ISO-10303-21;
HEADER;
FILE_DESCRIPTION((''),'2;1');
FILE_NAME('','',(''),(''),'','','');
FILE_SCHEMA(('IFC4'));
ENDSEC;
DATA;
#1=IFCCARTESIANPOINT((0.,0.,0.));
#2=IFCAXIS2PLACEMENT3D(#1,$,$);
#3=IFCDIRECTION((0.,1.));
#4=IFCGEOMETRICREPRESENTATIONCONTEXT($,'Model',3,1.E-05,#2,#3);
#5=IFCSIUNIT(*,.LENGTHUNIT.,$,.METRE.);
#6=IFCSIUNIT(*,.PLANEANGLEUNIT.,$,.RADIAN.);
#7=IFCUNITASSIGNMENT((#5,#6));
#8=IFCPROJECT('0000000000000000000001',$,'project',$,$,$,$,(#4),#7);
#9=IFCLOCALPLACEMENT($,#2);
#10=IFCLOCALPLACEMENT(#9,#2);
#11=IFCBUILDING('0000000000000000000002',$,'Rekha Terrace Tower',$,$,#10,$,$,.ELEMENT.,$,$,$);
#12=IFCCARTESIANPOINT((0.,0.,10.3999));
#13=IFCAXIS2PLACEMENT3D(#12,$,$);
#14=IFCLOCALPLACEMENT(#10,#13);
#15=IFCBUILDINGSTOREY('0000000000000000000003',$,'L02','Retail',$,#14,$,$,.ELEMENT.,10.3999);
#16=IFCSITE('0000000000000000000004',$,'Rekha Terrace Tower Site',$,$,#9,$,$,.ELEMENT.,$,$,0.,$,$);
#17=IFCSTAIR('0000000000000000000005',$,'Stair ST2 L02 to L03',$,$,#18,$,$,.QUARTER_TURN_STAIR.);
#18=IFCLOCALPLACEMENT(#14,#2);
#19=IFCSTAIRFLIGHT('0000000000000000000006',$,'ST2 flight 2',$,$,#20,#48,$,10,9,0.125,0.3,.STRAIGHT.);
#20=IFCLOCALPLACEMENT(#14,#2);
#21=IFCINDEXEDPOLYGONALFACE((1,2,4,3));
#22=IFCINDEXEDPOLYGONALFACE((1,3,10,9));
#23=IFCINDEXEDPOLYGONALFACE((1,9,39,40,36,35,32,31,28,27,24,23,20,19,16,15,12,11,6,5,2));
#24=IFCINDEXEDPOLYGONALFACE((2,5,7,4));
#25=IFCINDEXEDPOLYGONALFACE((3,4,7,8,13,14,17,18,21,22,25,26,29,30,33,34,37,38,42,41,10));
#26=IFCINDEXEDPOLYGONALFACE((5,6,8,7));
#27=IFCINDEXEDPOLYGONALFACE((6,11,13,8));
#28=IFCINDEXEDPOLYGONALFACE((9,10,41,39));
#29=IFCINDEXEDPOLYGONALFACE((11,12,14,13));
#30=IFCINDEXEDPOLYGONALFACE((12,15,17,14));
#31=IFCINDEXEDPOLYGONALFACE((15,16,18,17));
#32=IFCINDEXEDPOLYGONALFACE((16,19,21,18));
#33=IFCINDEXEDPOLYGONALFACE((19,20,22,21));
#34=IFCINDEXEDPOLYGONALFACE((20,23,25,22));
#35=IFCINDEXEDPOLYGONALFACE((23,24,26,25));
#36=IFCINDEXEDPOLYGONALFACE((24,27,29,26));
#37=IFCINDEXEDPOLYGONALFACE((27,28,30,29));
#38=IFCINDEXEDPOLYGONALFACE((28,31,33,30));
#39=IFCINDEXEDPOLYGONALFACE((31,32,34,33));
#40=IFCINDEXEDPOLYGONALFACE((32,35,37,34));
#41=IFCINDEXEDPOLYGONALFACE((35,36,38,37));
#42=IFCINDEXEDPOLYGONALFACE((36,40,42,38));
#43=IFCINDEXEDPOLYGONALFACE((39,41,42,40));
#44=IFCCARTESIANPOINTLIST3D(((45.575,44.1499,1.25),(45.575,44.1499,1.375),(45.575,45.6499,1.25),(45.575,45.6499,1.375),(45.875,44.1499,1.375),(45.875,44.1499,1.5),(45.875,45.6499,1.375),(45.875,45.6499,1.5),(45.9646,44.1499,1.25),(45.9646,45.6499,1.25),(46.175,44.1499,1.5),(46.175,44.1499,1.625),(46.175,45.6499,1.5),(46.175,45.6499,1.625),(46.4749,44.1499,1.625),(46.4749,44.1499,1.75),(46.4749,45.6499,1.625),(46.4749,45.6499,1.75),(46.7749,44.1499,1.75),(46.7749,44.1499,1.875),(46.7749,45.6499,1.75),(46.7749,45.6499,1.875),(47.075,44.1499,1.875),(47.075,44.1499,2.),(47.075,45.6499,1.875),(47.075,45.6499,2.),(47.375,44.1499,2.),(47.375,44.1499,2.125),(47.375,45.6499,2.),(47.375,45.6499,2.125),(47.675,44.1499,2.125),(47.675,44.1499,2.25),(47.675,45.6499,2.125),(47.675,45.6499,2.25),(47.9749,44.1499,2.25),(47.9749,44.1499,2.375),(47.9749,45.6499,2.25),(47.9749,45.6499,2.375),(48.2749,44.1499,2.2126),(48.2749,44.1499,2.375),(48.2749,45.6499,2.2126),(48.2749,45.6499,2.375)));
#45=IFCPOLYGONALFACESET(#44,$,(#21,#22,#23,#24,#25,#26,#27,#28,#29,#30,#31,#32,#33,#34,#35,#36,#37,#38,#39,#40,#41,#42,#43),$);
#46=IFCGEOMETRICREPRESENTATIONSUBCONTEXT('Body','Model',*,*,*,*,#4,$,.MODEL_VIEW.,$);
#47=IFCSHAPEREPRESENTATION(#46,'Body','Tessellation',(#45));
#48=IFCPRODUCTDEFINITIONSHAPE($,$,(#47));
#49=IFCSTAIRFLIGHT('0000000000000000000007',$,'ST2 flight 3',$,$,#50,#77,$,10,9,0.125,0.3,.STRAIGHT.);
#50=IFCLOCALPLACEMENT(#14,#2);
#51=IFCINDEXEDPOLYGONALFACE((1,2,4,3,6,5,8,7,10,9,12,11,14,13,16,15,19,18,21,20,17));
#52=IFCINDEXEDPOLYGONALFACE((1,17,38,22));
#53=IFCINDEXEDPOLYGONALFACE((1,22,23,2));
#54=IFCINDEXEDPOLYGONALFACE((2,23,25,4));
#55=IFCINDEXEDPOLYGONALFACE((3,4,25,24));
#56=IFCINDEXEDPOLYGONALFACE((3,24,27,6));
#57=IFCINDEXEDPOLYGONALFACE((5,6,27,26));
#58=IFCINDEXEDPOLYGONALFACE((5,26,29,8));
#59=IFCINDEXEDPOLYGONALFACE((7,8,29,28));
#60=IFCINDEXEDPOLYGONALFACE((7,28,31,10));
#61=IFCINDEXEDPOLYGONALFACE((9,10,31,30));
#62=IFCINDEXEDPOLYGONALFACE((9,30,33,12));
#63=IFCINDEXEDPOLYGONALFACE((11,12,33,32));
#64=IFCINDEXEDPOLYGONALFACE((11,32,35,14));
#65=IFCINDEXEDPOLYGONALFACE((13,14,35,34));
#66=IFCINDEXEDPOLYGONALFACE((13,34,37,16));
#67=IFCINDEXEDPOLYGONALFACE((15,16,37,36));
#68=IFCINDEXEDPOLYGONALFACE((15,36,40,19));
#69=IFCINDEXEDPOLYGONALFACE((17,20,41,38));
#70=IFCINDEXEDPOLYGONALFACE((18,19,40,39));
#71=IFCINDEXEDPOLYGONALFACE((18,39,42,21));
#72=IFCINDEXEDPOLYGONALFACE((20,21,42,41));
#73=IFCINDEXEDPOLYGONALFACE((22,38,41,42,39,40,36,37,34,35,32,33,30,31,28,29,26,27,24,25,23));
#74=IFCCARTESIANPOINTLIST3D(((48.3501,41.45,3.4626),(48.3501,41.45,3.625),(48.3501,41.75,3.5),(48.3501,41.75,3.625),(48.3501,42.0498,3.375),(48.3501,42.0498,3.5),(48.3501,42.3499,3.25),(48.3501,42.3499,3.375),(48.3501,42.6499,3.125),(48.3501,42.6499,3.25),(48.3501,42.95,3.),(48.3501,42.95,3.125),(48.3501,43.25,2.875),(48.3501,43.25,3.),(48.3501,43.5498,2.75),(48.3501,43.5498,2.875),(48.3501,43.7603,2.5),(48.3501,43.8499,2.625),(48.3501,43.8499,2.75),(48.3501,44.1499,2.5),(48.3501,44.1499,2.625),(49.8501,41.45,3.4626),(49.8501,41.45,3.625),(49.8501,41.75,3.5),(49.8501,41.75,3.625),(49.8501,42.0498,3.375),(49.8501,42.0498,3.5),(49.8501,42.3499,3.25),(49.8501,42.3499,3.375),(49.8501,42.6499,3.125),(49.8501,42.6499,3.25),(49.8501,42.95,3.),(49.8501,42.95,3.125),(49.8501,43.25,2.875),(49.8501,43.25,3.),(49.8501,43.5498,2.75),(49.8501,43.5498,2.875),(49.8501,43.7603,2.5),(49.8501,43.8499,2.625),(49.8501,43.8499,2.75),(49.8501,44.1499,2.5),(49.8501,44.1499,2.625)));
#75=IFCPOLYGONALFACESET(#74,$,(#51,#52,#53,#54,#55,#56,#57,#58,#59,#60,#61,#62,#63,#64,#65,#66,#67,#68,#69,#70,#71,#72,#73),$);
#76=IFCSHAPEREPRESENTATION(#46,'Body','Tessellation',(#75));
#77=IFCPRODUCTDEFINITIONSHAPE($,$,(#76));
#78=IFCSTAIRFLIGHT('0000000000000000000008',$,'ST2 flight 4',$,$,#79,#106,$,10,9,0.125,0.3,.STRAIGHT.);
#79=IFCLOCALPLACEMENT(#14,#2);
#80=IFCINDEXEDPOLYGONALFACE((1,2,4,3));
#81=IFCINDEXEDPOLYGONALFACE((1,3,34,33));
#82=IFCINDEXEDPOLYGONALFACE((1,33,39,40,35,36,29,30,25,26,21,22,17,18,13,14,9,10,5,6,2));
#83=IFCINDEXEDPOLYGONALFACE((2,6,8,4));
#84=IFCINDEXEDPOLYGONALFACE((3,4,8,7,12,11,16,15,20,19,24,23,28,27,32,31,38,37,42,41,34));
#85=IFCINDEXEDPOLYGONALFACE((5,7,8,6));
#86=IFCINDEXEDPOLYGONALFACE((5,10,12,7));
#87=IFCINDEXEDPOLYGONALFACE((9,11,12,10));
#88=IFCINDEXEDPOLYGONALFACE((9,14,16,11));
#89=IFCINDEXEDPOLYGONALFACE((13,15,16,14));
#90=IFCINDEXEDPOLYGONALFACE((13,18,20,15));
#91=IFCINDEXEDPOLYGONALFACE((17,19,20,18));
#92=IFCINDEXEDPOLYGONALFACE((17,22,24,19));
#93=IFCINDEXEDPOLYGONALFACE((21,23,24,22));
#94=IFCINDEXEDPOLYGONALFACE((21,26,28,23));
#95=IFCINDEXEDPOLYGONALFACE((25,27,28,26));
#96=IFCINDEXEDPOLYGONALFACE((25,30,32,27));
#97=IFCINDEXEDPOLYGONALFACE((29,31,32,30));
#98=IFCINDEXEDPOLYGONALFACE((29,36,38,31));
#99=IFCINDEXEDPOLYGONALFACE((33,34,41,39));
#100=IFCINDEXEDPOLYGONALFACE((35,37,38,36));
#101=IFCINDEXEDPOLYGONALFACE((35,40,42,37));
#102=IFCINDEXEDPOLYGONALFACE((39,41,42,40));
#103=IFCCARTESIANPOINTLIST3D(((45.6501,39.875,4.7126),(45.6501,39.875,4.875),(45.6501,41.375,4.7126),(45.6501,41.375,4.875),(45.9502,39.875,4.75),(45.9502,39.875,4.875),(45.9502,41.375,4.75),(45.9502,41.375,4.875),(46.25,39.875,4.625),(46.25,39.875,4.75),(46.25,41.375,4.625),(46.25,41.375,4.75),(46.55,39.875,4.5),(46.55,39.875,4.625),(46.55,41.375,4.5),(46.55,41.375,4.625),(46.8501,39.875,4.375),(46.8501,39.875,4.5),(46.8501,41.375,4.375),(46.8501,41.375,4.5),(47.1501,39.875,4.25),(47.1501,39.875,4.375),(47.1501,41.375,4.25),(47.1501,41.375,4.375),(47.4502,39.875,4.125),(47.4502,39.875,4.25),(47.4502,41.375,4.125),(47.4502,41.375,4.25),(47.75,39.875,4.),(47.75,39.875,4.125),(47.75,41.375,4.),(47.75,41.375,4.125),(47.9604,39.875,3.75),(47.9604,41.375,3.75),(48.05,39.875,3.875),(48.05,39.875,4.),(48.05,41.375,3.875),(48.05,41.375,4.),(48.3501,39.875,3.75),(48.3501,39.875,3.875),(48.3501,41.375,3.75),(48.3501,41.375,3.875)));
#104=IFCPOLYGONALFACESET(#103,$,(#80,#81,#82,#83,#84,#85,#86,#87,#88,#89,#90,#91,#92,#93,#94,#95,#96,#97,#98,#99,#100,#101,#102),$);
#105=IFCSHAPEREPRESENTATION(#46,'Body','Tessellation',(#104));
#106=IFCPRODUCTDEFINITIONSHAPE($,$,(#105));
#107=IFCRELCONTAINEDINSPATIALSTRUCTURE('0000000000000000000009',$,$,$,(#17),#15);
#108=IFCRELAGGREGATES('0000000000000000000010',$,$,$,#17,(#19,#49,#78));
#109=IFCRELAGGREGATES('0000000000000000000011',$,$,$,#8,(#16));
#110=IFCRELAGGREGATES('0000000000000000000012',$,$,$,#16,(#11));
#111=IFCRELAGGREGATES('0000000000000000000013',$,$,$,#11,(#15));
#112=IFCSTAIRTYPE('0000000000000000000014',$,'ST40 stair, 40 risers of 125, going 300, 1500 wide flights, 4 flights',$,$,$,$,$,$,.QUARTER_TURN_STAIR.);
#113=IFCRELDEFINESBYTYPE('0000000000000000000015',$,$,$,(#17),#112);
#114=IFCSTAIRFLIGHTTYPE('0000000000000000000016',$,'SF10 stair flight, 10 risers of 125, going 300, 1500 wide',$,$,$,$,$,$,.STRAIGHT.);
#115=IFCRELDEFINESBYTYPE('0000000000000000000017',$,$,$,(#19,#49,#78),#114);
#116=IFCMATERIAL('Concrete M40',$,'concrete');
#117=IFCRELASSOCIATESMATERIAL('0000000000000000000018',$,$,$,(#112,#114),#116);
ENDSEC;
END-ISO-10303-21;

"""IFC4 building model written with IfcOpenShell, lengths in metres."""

from ifc_helpers import new_model, si_unit, direction, frame, origin, place, context, subcontext, project, spatial, polyline, outline, extrude, material, type_object, element, aggregate, save


model = new_model("IFC4")

# Units and contexts
model_context = context("Model", 3, precision=1e-05, world=origin(), true_north=direction((0.0, 1.0)))
body_context = subcontext(model_context, "Body", "Model", "MODEL_VIEW")
ifc_project = project(units=[si_unit("LENGTHUNIT", "METRE"), si_unit("PLANEANGLEUNIT", "RADIAN")], contexts=[model_context])

# Site, building, storey
site_placement = place(None, origin())
site = spatial("IfcSite", under=ifc_project, at=site_placement, Name="Rekha Terrace Tower Site", CompositionType="ELEMENT", RefElevation=0.0)
building_placement = place(site_placement, origin())
building = spatial("IfcBuilding", under=site, at=building_placement, Name="Rekha Terrace Tower", CompositionType="ELEMENT")
storey_placement = place(building_placement, frame((0.0, 0.0, 10.3999)))
storey = spatial("IfcBuildingStorey", under=building, at=storey_placement, Name="L02", Description="Retail", CompositionType="ELEMENT", Elevation=10.3999)

# Stair, stair flights
ifc_material_1 = material(Name="Concrete M40", Category="concrete")
stair_type = type_object("IfcStairType", Name="ST40 stair, 40 risers of 125, going 300, 1500 wide flights, 4 flights", PredefinedType="QUARTER_TURN_STAIR", material=ifc_material_1)
stair_placement = place(storey_placement, origin())
stair = element("IfcStair", 1, at=stair_placement, inside=storey, type_object=stair_type, Name="Stair ST2 L02 to L03", PredefinedType="QUARTER_TURN_STAIR")
stair_flight_type = type_object("IfcStairFlightType", Name="SF10 stair flight, 10 risers of 125, going 300, 1500 wide", PredefinedType="STRAIGHT", material=ifc_material_1)
stair_flight_1_placement = place(storey_placement, frame((45.575, 44.8999, 1.25), z_axis=(0.0, 0.0, 1.0), x_axis=(1.0, 0.0, 0.0)))
stair_flight_1 = element("IfcStairFlight", 2, at=stair_flight_1_placement, type_object=stair_flight_type, Name="ST2 flight 2", NumberOfRisers=10, NumberOfTreads=9, PredefinedType="STRAIGHT", RiserHeight=0.125, TreadLength=0.3, context=body_context, shape_type="SweptSolid", body=[
    extrude(outline(polyline([(0.0, 0.0), (0.0, 0.125), (0.3, 0.125), (0.3, 0.25), (0.6001, 0.25), (0.6001, 0.375), (0.8999, 0.375), (0.8999, 0.5), (1.2, 0.5), (1.2, 0.625), (1.5, 0.625), (1.5, 0.75), (1.8, 0.75), (1.8, 0.875), (2.1001, 0.875), (2.1001, 1.0), (2.3999, 1.0), (2.3999, 1.125), (2.7, 1.125), (2.7, 1.25), (2.7, 0.9626), (0.3896, 0.0), (0.0, 0.0)])), frame((0.0, 0.75, 0.0), z_axis=(0.0, -1.0, 0.0), x_axis=(1.0, 0.0, 0.0)), (0.0, 0.0, 1.0), 1.5),
])
stair_flight_2_placement = place(storey_placement, frame((49.1001, 44.1499, 2.5), z_axis=(0.0, 0.0, 1.0), x_axis=(0.0, -1.0, 0.0)))
stair_flight_2 = element("IfcStairFlight", 3, at=stair_flight_2_placement, type_object=stair_flight_type, Name="ST2 flight 3", NumberOfRisers=10, NumberOfTreads=9, PredefinedType="STRAIGHT", RiserHeight=0.125, TreadLength=0.3, context=body_context, shape_type="SweptSolid", body=[
    extrude(outline(polyline([(0.0, 0.0), (0.0, 0.125), (0.3, 0.125), (0.3, 0.25), (0.6001, 0.25), (0.6001, 0.375), (0.8999, 0.375), (0.8999, 0.5), (1.2, 0.5), (1.2, 0.625), (1.5, 0.625), (1.5, 0.75), (1.8, 0.75), (1.8, 0.875), (2.1001, 0.875), (2.1001, 1.0), (2.3999, 1.0), (2.3999, 1.125), (2.7, 1.125), (2.7, 1.25), (2.7, 0.9626), (0.3896, 0.0), (0.0, 0.0)])), frame((0.0, 0.75, 0.0), z_axis=(0.0, -1.0, 0.0), x_axis=(1.0, 0.0, 0.0)), (0.0, 0.0, 1.0), 1.5),
])
stair_flight_3_placement = place(storey_placement, frame((48.3501, 40.625, 3.75), z_axis=(0.0, 0.0, 1.0), x_axis=(-1.0, 0.0, 0.0)))
stair_flight_3 = element("IfcStairFlight", 4, at=stair_flight_3_placement, type_object=stair_flight_type, Name="ST2 flight 4", NumberOfRisers=10, NumberOfTreads=9, PredefinedType="STRAIGHT", RiserHeight=0.125, TreadLength=0.3, context=body_context, shape_type="SweptSolid", body=[
    extrude(outline(polyline([(0.0, 0.0), (0.0, 0.125), (0.3, 0.125), (0.3, 0.25), (0.6001, 0.25), (0.6001, 0.375), (0.8999, 0.375), (0.8999, 0.5), (1.2, 0.5), (1.2, 0.625), (1.5, 0.625), (1.5, 0.75), (1.8, 0.75), (1.8, 0.875), (2.1001, 0.875), (2.1001, 1.0), (2.3999, 1.0), (2.3999, 1.125), (2.7, 1.125), (2.7, 1.25), (2.7, 0.9626), (0.3896, 0.0), (0.0, 0.0)])), frame((0.0, 0.75, 0.0), z_axis=(0.0, -1.0, 0.0), x_axis=(1.0, 0.0, 0.0)), (0.0, 0.0, 1.0), 1.5),
])
aggregate(stair, [stair_flight_1, stair_flight_2, stair_flight_3])

save(model, "model.ifc")
